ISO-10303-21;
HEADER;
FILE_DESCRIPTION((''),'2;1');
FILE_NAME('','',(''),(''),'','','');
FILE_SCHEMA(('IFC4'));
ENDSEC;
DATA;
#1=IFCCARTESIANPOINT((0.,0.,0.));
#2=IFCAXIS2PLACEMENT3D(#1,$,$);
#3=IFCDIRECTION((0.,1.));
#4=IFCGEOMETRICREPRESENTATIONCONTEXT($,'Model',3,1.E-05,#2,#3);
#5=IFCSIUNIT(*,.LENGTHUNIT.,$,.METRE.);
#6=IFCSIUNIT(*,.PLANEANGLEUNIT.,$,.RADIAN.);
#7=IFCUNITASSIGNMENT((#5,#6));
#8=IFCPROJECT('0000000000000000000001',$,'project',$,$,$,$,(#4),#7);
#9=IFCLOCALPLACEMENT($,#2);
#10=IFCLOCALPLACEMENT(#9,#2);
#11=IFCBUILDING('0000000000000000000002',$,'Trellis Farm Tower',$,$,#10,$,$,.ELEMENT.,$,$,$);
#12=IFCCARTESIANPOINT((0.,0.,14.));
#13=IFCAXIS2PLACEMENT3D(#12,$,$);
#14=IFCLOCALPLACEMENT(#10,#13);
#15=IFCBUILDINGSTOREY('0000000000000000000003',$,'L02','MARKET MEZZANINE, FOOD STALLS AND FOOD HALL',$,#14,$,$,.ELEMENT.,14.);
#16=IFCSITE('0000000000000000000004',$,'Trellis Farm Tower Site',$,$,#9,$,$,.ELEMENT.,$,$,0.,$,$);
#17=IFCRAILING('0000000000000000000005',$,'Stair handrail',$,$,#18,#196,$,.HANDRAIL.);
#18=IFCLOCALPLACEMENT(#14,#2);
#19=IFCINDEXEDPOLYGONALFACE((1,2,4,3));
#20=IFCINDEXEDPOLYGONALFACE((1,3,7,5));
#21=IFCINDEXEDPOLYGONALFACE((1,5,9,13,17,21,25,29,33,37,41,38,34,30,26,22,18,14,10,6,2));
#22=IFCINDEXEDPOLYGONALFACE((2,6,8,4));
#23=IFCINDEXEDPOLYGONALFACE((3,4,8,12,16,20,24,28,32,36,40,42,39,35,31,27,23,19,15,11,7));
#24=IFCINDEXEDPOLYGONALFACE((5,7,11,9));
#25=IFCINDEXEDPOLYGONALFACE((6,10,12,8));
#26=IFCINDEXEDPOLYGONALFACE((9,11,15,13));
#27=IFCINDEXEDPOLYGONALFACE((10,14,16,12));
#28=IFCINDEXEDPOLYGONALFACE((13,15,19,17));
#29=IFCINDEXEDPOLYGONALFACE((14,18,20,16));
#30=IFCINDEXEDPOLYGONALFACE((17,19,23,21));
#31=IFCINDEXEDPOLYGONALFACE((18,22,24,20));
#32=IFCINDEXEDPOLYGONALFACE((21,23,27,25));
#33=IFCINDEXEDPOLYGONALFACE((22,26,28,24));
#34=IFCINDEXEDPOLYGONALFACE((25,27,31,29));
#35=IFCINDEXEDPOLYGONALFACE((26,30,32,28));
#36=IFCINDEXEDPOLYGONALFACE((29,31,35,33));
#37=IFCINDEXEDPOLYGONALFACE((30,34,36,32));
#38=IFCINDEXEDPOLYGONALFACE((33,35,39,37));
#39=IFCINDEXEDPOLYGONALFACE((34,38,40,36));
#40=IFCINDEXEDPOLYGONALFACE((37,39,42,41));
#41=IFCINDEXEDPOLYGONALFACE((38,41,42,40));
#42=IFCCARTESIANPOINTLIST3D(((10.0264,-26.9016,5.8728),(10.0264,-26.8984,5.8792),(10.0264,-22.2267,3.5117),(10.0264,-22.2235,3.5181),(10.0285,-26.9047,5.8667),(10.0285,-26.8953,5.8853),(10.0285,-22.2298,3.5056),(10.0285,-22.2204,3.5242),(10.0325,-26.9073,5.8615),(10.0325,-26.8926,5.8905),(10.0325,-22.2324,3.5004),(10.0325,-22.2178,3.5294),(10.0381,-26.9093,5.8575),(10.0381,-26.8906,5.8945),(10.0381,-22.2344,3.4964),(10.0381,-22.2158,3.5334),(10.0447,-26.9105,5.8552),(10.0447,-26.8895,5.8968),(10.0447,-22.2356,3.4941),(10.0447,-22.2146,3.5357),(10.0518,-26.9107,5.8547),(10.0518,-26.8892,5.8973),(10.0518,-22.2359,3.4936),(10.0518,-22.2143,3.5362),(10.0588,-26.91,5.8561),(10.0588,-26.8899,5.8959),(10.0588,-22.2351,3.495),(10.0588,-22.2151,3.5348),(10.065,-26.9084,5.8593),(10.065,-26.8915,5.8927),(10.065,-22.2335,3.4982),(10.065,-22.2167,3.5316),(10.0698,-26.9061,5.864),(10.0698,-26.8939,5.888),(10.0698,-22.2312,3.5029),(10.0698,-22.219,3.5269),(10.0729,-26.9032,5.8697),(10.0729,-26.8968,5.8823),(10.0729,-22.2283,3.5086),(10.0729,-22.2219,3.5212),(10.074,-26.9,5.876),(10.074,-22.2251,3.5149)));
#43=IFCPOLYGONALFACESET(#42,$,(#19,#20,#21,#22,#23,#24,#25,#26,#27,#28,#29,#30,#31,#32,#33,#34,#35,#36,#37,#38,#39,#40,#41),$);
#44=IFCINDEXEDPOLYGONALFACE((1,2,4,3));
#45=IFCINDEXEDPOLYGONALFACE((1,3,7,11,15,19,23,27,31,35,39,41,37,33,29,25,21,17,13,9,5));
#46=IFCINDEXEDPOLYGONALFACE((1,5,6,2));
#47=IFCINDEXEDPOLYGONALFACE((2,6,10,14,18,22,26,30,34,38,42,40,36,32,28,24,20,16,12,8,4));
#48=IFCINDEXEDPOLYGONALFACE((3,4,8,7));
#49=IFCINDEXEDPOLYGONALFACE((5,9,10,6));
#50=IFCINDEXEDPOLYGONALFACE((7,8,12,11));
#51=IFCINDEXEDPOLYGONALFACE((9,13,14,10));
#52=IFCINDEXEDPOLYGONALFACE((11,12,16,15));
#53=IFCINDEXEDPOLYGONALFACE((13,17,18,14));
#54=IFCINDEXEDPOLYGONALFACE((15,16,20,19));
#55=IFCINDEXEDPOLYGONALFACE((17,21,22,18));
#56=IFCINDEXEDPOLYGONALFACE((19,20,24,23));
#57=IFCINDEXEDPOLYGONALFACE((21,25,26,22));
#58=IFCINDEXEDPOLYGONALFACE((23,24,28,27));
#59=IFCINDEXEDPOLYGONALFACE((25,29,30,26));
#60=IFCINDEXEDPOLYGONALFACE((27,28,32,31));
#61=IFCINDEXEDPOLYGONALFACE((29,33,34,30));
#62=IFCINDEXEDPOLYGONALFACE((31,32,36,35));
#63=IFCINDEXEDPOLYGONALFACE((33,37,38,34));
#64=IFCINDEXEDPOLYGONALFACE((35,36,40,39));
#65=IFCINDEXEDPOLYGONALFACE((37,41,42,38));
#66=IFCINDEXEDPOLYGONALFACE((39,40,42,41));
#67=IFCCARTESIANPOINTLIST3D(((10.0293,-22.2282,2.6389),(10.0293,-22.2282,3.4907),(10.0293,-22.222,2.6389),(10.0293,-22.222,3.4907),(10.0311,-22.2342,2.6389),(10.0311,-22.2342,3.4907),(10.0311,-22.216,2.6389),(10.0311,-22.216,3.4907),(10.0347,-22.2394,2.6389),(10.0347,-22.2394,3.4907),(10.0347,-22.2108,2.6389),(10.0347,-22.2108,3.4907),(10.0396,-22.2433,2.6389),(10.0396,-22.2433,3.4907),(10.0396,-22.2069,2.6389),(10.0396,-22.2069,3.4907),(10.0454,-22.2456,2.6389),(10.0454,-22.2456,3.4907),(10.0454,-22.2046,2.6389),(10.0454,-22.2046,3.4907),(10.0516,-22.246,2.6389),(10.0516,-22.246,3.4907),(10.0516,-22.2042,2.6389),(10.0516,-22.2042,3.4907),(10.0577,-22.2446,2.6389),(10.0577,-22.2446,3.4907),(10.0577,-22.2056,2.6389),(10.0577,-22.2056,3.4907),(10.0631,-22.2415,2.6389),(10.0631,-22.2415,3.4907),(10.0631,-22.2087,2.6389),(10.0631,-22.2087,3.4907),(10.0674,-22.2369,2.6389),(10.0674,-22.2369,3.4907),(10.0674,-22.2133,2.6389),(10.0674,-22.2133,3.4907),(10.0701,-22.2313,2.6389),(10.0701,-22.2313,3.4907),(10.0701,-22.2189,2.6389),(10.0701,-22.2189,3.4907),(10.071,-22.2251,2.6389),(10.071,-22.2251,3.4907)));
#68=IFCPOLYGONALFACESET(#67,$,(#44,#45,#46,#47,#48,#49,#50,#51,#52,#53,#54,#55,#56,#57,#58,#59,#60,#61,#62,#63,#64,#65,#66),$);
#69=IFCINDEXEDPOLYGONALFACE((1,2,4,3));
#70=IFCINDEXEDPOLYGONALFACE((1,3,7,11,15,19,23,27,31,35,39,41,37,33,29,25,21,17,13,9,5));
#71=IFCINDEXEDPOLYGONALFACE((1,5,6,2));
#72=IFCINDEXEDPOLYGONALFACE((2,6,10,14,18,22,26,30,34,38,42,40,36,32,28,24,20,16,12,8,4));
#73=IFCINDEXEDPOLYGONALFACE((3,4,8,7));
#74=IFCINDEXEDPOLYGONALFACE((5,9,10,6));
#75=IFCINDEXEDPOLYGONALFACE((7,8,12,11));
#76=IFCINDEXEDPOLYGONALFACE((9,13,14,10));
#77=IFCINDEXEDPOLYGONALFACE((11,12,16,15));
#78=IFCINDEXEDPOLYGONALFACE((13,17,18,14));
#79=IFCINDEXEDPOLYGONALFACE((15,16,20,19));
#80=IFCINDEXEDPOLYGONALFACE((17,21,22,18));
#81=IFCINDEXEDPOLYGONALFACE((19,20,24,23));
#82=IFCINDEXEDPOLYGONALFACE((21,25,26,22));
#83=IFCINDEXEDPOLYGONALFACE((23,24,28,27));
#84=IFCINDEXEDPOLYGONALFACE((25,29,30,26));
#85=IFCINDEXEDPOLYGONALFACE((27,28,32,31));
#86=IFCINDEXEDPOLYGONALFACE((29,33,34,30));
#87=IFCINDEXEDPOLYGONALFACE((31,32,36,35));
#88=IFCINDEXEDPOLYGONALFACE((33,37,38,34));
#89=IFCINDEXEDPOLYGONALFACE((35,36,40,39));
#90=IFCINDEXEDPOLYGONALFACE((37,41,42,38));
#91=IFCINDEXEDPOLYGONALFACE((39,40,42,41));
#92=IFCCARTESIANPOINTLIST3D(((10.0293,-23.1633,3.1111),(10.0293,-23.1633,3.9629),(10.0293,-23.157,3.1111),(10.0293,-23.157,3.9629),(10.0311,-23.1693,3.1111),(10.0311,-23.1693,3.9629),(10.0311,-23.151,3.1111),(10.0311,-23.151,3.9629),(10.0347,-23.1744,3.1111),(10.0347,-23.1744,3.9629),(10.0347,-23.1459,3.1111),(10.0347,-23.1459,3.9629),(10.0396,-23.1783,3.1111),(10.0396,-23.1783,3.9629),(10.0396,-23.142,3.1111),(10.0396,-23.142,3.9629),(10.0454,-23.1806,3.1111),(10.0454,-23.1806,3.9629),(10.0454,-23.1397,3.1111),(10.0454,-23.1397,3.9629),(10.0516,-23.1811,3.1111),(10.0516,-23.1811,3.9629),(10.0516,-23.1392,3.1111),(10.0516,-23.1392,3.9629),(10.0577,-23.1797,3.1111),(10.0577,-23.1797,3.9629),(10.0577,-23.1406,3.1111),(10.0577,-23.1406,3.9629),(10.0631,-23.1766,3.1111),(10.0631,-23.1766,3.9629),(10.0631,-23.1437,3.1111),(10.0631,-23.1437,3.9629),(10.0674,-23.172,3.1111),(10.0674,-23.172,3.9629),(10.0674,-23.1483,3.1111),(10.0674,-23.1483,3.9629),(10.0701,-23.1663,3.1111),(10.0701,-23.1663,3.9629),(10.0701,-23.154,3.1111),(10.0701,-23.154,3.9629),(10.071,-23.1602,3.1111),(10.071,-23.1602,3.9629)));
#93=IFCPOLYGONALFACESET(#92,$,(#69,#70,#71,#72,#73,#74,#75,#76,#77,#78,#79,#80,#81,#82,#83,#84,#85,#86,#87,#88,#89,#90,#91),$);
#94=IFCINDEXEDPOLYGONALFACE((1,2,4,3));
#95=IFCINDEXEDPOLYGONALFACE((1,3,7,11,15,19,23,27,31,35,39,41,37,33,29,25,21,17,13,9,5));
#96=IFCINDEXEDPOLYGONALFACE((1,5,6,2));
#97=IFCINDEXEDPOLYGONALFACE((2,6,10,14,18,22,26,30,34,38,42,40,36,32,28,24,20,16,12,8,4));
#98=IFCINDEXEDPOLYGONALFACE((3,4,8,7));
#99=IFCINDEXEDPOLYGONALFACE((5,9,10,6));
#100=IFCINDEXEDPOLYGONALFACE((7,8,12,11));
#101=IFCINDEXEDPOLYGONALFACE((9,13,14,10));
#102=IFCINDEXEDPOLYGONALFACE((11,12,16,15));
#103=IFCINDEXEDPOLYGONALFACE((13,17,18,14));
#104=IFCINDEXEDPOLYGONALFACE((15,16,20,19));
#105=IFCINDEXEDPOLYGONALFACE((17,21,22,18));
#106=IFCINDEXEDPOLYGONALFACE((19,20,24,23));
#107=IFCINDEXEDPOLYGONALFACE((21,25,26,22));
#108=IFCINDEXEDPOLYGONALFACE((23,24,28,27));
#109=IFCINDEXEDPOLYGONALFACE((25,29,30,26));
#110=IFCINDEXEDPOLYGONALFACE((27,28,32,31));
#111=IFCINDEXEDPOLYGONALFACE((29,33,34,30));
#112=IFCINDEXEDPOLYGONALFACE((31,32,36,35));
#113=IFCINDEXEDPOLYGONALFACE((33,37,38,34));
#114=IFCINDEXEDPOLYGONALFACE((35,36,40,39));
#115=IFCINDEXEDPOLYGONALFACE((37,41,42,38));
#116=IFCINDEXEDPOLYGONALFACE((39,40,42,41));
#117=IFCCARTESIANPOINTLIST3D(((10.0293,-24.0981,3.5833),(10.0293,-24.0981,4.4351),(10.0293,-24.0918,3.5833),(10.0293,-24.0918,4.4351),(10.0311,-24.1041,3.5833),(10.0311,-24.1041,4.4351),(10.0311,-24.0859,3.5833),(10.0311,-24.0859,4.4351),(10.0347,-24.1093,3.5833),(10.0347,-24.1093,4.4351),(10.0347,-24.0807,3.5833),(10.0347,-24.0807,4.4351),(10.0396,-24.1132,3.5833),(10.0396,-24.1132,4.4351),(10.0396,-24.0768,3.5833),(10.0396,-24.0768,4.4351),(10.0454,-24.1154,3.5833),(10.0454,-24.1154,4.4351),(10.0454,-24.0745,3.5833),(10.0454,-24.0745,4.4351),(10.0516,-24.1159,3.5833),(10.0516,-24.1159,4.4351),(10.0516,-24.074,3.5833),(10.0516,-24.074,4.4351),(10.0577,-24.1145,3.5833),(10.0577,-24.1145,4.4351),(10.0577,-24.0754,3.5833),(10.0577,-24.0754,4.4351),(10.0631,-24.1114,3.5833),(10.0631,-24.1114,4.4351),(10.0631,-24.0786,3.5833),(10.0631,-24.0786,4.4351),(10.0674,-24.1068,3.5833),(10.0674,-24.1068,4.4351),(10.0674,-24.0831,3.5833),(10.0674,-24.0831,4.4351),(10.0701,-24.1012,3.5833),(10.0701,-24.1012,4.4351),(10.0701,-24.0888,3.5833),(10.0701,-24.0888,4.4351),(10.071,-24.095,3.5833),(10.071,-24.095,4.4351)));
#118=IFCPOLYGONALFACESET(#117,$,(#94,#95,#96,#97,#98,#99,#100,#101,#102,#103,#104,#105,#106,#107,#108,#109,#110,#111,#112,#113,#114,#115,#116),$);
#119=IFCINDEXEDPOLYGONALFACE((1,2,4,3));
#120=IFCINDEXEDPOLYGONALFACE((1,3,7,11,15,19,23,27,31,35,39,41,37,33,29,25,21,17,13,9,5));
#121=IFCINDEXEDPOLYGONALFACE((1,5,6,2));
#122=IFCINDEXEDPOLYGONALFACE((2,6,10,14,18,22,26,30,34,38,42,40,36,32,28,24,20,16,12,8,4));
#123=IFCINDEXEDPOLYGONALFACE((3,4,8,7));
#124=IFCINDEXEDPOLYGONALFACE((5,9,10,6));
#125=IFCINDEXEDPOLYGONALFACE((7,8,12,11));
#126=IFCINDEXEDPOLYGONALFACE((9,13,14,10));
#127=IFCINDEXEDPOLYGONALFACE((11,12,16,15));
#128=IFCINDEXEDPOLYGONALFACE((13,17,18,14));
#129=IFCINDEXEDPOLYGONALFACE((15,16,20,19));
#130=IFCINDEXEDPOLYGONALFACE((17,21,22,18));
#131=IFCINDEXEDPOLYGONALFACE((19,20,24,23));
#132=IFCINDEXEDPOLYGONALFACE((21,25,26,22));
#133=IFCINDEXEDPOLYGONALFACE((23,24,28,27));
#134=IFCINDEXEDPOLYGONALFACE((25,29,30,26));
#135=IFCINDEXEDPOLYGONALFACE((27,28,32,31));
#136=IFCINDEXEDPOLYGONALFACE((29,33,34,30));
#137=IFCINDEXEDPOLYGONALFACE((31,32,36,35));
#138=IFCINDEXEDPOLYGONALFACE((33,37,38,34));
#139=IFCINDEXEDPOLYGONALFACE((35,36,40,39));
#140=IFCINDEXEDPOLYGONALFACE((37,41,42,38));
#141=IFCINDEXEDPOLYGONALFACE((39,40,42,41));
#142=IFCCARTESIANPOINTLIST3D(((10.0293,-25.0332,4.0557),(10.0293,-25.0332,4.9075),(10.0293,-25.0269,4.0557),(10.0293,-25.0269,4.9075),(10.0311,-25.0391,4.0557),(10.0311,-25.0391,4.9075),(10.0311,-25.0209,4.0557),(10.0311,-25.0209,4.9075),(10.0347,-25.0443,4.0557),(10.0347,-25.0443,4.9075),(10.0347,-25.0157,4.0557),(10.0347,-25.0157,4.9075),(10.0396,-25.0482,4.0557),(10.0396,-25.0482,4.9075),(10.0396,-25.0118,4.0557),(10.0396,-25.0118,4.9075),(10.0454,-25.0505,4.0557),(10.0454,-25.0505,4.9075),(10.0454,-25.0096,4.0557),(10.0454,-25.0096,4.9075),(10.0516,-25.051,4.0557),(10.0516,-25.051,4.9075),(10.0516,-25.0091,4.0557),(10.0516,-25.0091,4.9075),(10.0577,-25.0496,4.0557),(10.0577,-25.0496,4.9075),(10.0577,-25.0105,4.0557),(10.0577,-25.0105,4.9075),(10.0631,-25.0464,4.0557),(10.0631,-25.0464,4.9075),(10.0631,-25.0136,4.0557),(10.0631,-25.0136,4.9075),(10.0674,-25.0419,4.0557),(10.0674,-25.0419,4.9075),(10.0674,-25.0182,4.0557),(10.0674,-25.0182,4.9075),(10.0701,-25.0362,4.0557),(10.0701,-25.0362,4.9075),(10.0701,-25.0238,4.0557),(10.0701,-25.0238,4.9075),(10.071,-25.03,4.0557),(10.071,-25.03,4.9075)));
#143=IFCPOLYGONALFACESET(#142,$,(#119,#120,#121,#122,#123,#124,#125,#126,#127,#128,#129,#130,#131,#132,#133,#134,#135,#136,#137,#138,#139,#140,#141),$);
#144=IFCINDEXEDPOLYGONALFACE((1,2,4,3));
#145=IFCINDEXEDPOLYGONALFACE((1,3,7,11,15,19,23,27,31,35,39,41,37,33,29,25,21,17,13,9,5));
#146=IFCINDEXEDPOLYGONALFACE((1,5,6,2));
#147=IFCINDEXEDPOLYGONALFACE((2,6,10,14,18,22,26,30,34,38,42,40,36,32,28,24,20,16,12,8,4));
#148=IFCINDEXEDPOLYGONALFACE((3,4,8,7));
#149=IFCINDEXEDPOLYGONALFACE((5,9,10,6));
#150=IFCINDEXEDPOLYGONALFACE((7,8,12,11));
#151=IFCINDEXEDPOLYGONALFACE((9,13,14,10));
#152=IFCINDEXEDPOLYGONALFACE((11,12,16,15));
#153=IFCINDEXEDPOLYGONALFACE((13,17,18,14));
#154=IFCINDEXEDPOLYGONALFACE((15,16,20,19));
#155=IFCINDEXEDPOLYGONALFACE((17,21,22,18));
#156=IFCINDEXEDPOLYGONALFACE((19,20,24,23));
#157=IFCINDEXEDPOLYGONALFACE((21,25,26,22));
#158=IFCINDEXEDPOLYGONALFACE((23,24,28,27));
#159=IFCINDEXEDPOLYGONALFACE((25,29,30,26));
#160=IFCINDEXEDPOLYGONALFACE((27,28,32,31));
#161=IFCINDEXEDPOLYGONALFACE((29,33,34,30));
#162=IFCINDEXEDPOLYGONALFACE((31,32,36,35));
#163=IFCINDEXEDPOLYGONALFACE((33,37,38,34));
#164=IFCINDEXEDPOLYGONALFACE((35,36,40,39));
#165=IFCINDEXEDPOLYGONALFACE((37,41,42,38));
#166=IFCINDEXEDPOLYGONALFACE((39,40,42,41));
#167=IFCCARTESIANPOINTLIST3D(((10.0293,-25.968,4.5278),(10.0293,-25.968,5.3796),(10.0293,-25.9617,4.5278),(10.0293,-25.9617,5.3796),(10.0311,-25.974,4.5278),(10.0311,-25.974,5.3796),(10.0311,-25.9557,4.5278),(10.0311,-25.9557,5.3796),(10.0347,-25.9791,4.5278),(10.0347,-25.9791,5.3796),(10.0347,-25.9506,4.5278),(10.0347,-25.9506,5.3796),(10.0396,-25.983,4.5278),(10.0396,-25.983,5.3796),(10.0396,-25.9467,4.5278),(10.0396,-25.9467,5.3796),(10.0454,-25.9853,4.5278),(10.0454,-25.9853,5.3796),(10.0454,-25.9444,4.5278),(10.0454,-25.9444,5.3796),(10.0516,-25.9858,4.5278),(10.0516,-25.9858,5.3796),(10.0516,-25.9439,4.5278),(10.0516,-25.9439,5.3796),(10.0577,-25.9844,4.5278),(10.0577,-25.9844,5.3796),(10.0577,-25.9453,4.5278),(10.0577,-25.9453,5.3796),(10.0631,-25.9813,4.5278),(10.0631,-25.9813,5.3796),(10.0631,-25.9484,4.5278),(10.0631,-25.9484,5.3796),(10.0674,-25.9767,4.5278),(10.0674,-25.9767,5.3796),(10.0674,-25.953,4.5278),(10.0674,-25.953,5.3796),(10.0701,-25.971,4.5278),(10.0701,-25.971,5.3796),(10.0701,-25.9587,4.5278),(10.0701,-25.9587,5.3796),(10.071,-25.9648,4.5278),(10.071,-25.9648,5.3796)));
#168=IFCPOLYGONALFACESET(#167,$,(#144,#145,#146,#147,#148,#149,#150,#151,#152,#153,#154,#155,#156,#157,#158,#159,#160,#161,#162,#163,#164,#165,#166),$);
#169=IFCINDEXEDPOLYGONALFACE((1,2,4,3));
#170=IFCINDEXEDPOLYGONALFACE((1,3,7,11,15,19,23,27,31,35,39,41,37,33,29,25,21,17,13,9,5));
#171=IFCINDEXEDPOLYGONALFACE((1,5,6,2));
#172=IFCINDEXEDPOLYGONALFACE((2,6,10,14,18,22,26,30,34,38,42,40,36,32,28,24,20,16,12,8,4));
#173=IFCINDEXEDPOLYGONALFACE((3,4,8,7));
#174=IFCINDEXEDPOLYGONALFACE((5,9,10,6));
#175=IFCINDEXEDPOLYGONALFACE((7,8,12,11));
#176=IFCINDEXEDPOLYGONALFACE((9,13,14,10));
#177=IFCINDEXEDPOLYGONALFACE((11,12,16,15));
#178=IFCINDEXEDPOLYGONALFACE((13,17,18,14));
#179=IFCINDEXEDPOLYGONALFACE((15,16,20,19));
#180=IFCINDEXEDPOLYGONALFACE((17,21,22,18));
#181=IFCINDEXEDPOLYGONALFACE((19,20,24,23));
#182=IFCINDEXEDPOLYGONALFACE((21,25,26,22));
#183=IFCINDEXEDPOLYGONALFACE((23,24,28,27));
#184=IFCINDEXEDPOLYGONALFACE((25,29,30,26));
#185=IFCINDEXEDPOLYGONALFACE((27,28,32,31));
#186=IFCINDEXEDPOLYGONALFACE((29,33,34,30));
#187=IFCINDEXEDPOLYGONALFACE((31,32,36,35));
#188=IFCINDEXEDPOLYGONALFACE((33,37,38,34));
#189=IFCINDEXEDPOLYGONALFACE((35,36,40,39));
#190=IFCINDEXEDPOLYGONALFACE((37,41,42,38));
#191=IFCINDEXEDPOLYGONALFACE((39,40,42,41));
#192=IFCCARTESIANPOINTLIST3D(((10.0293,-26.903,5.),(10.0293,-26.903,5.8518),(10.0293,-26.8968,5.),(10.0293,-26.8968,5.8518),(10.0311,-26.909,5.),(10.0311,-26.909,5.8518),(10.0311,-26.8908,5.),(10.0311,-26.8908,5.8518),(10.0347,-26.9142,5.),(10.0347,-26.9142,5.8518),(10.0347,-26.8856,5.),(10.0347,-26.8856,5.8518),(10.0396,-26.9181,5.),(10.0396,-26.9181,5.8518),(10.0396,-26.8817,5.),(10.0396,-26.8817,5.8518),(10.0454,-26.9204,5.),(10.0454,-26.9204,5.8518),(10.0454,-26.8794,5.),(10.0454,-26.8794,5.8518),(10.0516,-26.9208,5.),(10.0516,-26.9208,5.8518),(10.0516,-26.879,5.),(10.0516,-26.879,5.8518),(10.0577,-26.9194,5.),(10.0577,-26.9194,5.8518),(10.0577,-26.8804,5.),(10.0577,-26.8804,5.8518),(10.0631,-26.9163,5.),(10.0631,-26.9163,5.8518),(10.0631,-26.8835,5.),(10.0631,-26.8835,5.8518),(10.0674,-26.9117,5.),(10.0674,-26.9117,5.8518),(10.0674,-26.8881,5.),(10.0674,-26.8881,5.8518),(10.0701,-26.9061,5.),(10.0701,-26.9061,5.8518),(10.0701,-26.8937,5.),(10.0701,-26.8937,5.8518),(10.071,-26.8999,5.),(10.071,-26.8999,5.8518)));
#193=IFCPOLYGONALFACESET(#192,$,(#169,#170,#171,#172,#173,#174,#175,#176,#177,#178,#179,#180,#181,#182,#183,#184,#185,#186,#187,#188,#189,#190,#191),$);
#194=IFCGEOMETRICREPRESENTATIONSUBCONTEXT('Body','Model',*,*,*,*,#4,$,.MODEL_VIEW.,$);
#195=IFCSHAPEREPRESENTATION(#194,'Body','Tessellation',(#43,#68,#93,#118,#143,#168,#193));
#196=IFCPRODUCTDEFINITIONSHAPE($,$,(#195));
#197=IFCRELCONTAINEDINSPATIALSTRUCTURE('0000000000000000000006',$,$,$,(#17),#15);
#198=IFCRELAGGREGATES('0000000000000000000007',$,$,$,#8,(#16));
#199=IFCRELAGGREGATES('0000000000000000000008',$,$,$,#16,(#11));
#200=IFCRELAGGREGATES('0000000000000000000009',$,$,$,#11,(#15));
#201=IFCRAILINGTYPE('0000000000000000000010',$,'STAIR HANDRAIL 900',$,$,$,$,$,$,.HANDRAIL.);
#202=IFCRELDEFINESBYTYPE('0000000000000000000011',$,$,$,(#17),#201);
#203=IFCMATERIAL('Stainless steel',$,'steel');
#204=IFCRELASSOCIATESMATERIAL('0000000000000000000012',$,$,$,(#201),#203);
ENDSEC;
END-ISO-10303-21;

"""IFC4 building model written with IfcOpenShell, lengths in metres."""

from ifc_helpers import new_model, si_unit, direction, frame, origin, origin_2d, place, context, subcontext, project, spatial, circle, extrude, source, transform, mapped, material, type_object, element, save


model = new_model("IFC4")

# Units and contexts
model_context = context("Model", 3, precision=1e-05, world=origin(), true_north=direction((0.0, 1.0)))
body_context = subcontext(model_context, "Body", "Model", "MODEL_VIEW")
ifc_project = project(units=[si_unit("LENGTHUNIT", "METRE"), si_unit("PLANEANGLEUNIT", "RADIAN")], contexts=[model_context])

# Site, building, storey
site_placement = place(None, origin())
site = spatial("IfcSite", under=ifc_project, at=site_placement, Name="Trellis Farm Tower Site", CompositionType="ELEMENT", RefElevation=0.0)
building_placement = place(site_placement, origin())
building = spatial("IfcBuilding", under=site, at=building_placement, Name="Trellis Farm Tower", CompositionType="ELEMENT")
storey_placement = place(building_placement, frame((0.0, 0.0, 14.0)))
storey = spatial("IfcBuildingStorey", under=building, at=storey_placement, Name="L02", Description="MARKET MEZZANINE, FOOD STALLS AND FOOD HALL", CompositionType="ELEMENT", Elevation=14.0)

# Railing
ifc_material_1 = material(Name="Stainless steel", Category="steel")
railing_type = type_object("IfcRailingType", Name="STAIR HANDRAIL 900", PredefinedType="HANDRAIL", material=ifc_material_1)
shared_shape_1 = source(origin(), body_context, "Body", "SweptSolid", [
    extrude(circle(Radius=0.0239, at=origin_2d()), frame((0.0, 0.0, 0.876), z_axis=(0.0, -0.892611, 0.450827), x_axis=(1.0, 0.0, 0.0)), (0.0, 0.0, 1.0), 5.2373),
    extrude(circle(Radius=0.021, at=origin_2d()), origin(), (0.0, 0.0, 1.0), 0.8518),
    extrude(circle(Radius=0.021, at=origin_2d()), frame((0.0, -0.9351, 0.4722)), (0.0, 0.0, 1.0), 0.8518),
    extrude(circle(Radius=0.021, at=origin_2d()), frame((0.0, -1.8699, 0.9443)), (0.0, 0.0, 1.0), 0.8518),
    extrude(circle(Radius=0.021, at=origin_2d()), frame((0.0, -2.8049, 1.4167)), (0.0, 0.0, 1.0), 0.8518),
    extrude(circle(Radius=0.021, at=origin_2d()), frame((0.0, -3.7397, 1.8889)), (0.0, 0.0, 1.0), 0.8518),
    extrude(circle(Radius=0.021, at=origin_2d()), frame((0.0, -4.6748, 2.3611)), (0.0, 0.0, 1.0), 0.8518),
])
for number, where, name in (
    (1, (10.05, -22.2251, 2.6389), "Stair handrail"),
):
    element("IfcRailing", number, at=place(storey_placement, frame(where)), inside=storey, type_object=railing_type, Name=name, PredefinedType="HANDRAIL", context=body_context, shape_type="MappedRepresentation", body=[
        mapped(shared_shape_1, transform((0.0, 0.0, 0.0))),
    ])

save(model, "model.ifc")
